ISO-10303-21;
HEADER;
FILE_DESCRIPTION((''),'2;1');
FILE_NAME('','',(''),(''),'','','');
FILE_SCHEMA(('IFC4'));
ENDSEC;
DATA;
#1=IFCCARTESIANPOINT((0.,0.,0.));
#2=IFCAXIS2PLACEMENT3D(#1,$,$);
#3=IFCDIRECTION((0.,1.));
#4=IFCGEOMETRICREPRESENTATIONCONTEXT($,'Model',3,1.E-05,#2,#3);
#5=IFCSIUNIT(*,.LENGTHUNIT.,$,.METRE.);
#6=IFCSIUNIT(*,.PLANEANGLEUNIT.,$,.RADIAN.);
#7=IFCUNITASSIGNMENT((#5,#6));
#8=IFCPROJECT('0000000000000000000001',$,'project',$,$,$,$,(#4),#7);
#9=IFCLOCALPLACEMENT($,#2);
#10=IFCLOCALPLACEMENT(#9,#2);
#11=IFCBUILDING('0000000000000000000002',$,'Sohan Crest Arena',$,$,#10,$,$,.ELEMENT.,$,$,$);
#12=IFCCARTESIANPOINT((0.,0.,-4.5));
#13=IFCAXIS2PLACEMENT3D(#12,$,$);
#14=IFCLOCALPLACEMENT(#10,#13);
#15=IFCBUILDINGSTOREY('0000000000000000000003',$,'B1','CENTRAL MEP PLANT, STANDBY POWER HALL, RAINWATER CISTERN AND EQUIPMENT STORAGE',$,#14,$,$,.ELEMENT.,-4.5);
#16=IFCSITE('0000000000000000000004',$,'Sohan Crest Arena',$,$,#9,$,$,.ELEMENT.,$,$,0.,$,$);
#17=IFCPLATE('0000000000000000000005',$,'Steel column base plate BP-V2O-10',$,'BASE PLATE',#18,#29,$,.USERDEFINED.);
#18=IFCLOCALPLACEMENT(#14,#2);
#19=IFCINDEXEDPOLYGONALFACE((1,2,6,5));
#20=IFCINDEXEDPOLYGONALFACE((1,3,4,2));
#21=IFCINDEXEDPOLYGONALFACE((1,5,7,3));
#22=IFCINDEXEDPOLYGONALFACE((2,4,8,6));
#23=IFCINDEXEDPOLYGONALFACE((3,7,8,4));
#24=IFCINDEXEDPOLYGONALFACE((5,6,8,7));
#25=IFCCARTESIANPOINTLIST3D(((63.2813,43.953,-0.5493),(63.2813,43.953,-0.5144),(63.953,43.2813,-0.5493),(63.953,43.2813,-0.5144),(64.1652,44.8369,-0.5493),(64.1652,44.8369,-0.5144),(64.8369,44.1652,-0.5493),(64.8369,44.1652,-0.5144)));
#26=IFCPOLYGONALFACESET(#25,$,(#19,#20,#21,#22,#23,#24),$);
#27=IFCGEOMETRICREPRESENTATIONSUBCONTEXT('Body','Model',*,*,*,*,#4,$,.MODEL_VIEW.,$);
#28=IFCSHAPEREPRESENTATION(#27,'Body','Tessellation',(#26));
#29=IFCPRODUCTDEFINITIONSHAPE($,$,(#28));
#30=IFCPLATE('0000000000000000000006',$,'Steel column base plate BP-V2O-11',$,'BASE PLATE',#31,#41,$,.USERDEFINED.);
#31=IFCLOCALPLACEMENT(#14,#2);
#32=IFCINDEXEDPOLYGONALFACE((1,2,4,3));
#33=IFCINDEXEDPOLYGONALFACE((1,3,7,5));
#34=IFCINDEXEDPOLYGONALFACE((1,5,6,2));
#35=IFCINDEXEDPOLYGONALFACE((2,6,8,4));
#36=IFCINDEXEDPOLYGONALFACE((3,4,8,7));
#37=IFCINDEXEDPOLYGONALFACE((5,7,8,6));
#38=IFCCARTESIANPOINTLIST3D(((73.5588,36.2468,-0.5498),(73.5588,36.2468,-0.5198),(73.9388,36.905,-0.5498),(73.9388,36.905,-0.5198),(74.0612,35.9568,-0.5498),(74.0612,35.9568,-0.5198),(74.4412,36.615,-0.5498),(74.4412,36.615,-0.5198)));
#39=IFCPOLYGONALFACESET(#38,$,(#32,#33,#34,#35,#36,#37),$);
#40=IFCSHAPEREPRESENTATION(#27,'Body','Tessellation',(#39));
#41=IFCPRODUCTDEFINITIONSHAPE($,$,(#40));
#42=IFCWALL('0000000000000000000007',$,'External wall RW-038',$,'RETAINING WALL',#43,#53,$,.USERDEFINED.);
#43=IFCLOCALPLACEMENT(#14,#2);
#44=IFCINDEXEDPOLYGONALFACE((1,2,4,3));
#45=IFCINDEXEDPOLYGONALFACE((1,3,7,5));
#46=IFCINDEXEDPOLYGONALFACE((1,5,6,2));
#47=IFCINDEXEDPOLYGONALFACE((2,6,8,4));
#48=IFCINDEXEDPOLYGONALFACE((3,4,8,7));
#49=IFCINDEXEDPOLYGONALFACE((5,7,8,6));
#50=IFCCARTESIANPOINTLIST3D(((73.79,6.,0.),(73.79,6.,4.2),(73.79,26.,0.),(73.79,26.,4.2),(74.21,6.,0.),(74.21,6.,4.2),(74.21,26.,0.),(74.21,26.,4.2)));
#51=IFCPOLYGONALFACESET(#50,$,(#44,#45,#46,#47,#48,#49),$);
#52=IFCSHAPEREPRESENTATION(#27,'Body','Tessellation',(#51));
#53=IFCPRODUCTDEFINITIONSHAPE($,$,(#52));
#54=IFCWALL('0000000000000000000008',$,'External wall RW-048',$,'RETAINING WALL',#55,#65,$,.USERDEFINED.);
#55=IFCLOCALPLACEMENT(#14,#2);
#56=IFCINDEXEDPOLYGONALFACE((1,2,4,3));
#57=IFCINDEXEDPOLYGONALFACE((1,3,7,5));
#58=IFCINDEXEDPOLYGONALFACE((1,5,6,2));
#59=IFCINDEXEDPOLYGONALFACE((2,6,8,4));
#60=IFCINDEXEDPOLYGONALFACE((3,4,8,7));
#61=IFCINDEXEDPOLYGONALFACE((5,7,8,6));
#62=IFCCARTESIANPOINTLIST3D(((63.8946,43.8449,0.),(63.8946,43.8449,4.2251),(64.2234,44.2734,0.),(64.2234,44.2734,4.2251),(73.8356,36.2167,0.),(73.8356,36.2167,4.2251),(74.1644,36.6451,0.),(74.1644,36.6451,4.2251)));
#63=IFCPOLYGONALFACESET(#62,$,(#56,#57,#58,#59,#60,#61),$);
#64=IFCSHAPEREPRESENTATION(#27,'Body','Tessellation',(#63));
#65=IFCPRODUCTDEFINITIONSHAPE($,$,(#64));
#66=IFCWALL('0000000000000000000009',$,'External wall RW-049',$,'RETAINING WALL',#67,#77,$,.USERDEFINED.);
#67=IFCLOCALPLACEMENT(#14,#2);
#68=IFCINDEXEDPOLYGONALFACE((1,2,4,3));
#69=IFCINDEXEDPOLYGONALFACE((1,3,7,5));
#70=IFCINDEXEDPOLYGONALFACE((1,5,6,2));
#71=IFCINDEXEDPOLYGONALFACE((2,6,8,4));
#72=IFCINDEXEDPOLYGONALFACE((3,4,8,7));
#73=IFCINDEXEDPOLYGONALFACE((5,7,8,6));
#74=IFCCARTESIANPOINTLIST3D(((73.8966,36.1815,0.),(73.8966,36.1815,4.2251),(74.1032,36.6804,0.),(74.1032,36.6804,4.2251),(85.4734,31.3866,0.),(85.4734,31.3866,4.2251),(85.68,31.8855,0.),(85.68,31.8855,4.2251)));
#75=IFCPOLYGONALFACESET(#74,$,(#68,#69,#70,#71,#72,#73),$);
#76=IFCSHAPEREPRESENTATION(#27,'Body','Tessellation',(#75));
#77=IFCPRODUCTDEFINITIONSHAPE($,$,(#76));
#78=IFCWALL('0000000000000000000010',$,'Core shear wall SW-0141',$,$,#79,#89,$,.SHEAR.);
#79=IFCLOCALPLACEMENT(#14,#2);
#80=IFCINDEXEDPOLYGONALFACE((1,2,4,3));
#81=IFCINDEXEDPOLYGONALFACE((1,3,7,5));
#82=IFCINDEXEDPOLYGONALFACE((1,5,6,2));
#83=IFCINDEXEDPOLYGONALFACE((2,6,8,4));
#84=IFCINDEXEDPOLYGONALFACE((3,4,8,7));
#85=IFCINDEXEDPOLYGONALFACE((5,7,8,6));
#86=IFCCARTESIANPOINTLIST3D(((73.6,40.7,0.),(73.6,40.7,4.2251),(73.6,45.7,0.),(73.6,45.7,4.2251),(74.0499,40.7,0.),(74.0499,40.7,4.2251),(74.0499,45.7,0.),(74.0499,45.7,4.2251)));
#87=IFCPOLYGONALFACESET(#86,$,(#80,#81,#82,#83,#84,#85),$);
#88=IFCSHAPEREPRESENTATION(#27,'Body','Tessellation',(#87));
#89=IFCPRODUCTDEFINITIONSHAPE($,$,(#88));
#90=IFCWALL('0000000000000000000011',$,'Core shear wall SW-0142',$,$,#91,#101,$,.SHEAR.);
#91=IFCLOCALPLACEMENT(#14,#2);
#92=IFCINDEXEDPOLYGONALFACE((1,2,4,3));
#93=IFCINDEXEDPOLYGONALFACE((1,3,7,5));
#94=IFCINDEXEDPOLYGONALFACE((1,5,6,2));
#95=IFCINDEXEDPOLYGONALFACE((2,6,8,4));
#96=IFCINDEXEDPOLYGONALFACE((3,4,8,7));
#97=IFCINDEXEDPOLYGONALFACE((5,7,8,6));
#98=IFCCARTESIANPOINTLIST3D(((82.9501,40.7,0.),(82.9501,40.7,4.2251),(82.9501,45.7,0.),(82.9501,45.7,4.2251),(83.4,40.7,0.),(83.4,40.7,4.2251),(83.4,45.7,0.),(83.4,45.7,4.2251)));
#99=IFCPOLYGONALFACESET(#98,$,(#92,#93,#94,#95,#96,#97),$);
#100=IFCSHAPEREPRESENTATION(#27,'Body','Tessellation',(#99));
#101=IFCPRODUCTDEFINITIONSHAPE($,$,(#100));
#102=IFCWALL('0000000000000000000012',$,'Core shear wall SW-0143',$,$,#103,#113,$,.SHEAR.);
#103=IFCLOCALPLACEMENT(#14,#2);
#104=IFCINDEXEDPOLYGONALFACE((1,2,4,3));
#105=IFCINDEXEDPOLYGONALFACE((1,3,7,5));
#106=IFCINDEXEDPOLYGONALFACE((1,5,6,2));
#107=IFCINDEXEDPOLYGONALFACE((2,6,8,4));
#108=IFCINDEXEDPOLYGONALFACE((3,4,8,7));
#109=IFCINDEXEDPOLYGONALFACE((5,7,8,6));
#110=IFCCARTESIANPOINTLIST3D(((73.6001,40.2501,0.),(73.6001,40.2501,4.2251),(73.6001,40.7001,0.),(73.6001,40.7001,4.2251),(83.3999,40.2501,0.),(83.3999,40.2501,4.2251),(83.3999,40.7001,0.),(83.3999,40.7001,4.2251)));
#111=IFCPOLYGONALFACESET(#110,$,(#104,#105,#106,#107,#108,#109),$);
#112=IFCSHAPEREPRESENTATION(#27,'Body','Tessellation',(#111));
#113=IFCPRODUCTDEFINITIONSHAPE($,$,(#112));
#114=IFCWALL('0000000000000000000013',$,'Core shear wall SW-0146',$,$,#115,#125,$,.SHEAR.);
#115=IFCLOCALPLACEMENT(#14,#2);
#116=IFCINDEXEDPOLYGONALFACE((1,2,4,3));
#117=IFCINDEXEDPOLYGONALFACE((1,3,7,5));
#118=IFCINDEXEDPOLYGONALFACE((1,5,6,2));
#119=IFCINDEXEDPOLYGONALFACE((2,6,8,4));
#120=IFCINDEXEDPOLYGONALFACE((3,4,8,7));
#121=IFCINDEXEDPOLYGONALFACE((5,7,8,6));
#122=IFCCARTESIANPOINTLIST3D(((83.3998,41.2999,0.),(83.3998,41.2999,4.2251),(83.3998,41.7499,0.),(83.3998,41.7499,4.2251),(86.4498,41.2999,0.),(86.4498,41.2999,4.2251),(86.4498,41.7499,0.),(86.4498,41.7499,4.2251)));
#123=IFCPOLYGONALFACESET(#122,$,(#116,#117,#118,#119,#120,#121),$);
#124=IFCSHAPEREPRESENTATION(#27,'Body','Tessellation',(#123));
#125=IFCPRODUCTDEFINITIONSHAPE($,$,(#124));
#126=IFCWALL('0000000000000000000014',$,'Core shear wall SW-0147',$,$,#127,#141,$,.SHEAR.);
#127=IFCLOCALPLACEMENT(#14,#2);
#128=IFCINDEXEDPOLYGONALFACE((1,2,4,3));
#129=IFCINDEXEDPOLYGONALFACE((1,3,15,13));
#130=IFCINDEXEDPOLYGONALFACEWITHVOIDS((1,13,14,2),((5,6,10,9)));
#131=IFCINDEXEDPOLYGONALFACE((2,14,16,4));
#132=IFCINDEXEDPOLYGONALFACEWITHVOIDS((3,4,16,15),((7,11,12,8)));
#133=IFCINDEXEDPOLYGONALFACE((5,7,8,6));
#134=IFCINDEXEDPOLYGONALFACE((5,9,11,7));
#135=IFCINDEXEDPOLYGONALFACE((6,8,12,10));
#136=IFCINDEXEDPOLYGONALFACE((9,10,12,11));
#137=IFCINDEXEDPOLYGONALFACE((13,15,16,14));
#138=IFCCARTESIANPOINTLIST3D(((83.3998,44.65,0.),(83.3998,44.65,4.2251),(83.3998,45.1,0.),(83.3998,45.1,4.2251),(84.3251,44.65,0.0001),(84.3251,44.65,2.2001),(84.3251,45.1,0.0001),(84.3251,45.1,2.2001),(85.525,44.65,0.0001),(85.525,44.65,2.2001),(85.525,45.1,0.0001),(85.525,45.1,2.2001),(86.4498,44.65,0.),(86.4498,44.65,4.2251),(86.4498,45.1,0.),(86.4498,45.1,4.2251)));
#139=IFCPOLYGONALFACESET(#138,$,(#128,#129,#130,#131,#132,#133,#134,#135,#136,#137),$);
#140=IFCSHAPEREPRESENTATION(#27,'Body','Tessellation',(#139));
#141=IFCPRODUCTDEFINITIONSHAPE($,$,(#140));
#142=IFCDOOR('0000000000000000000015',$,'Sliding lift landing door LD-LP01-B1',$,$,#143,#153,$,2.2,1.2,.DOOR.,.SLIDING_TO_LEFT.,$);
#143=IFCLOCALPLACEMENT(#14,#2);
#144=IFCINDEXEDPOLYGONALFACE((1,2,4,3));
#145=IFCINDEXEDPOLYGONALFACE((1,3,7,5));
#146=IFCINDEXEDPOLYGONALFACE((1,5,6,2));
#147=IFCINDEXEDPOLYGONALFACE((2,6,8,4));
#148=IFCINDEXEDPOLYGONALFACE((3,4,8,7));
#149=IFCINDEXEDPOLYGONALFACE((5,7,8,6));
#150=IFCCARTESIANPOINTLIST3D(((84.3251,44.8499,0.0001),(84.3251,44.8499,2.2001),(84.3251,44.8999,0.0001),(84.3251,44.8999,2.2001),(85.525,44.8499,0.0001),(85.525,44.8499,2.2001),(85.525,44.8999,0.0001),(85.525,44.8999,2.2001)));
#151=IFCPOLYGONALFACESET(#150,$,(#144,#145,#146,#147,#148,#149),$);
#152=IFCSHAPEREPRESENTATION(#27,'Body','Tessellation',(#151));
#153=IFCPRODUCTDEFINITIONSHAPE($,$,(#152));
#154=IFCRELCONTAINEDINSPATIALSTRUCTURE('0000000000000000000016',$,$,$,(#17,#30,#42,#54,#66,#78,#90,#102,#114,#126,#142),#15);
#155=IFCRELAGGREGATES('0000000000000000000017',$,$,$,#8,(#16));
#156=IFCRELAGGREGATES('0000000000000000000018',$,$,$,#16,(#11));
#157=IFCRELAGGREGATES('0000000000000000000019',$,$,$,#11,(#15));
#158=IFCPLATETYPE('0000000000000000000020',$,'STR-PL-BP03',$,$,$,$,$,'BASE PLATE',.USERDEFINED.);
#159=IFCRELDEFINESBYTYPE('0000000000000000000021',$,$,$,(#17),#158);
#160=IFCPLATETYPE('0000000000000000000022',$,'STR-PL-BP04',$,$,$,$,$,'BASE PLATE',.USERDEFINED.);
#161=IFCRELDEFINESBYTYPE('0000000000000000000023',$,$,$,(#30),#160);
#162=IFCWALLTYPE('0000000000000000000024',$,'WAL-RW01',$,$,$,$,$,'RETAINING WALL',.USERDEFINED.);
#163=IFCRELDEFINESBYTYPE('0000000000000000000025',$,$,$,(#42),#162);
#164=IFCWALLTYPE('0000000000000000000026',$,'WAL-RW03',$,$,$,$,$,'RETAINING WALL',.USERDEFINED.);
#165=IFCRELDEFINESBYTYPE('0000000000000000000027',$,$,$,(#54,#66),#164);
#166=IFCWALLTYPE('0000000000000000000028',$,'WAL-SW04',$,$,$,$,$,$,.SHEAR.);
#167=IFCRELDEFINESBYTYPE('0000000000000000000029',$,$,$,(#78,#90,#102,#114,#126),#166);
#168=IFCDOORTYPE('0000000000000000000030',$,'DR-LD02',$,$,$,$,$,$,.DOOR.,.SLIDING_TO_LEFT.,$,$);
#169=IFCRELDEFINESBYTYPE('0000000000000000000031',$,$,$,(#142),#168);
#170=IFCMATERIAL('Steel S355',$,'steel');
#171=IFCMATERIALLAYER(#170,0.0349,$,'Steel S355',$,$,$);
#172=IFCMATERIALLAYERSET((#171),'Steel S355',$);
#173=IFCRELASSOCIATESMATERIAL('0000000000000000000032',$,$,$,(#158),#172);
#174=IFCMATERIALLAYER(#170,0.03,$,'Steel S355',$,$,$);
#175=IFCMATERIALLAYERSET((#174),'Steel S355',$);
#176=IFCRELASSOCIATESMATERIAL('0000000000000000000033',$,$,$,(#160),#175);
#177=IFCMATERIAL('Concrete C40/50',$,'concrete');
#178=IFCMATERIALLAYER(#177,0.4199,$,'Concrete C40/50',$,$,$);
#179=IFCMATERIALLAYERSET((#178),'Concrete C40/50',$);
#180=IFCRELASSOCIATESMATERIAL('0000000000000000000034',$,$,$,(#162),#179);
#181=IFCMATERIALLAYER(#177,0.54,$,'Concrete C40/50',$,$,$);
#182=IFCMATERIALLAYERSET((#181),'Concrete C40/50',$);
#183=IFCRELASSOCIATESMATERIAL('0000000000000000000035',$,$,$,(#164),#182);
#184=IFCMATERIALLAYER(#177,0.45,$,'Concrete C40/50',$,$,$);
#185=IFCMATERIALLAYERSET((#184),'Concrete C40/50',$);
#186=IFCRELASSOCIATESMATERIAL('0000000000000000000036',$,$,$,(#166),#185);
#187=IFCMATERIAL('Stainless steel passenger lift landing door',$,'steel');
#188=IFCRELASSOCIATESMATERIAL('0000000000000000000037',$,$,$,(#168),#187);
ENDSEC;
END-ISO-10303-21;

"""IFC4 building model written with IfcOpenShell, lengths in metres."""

from ifc_helpers import new_model, si_unit, direction, frame, frame_2d, origin, origin_2d, place, context, subcontext, project, spatial, rectangle, extrude, material, layer, layer_set, type_object, element, fill, save


model = new_model("IFC4")

# Units and contexts
model_context = context("Model", 3, precision=1e-05, world=origin(), true_north=direction((0.0, 1.0)))
body_context = subcontext(model_context, "Body", "Model", "MODEL_VIEW")
ifc_project = project(units=[si_unit("LENGTHUNIT", "METRE"), si_unit("PLANEANGLEUNIT", "RADIAN")], contexts=[model_context])

# Site, building, storey
site_placement = place(None, origin())
site = spatial("IfcSite", under=ifc_project, at=site_placement, Name="Sohan Crest Arena", CompositionType="ELEMENT", RefElevation=0.0)
building_placement = place(site_placement, origin())
building = spatial("IfcBuilding", under=site, at=building_placement, Name="Sohan Crest Arena", CompositionType="ELEMENT")
storey_placement = place(building_placement, frame((0.0, 0.0, -4.5)))
storey = spatial("IfcBuildingStorey", under=building, at=storey_placement, Name="B1", Description="CENTRAL MEP PLANT, STANDBY POWER HALL, RAINWATER CISTERN AND EQUIPMENT STORAGE", CompositionType="ELEMENT", Elevation=-4.5)

# Shared definitions
ifc_material_1 = material(Name="Concrete C40/50", Category="concrete")

# Shared definitions
ifc_material_2 = material(Name="Steel S355", Category="steel")

# Plates
ifc_layer_1 = layer(ifc_material_2, 0.0349, Name="Steel S355")
ifc_layer_set_1 = layer_set([ifc_layer_1], Name="Steel S355")
plate_type_1 = type_object("IfcPlateType", Name="STR-PL-BP03", ElementType="BASE PLATE", PredefinedType="USERDEFINED", material=ifc_layer_set_1)
plate_1_placement = place(storey_placement, frame((64.0591, 44.0591, -0.5493), z_axis=(0.0, 0.0, 1.0), x_axis=(0.707107, 0.707107, 0.0)))
element("IfcPlate", 1, at=plate_1_placement, inside=storey, type_object=plate_type_1, Name="Steel column base plate BP-V2O-10", ObjectType="BASE PLATE", PredefinedType="USERDEFINED", context=body_context, shape_type="SweptSolid", body=[
    extrude(rectangle(XDim=1.25, YDim=0.95, at=origin_2d()), origin(), (0.0, 0.0, 1.0), 0.0349),
])
ifc_layer_2 = layer(ifc_material_2, 0.03, Name="Steel S355")
ifc_layer_set_2 = layer_set([ifc_layer_2], Name="Steel S355")
plate_type_2 = type_object("IfcPlateType", Name="STR-PL-BP04", ElementType="BASE PLATE", PredefinedType="USERDEFINED", material=ifc_layer_set_2)
plate_2_placement = place(storey_placement, frame((74.0, 36.4309, -0.5498), z_axis=(0.0, 0.0, 1.0), x_axis=(0.5, 0.866025, 0.0)))
element("IfcPlate", 2, at=plate_2_placement, inside=storey, type_object=plate_type_2, Name="Steel column base plate BP-V2O-11", ObjectType="BASE PLATE", PredefinedType="USERDEFINED", context=body_context, shape_type="SweptSolid", body=[
    extrude(rectangle(XDim=0.76, YDim=0.5801, at=origin_2d()), origin(), (0.0, 0.0, 1.0), 0.03),
])

# Walls
ifc_layer_3 = layer(ifc_material_1, 0.4199, Name="Concrete C40/50")
ifc_layer_set_3 = layer_set([ifc_layer_3], Name="Concrete C40/50")
wall_type_1 = type_object("IfcWallType", Name="WAL-RW01", ElementType="RETAINING WALL", PredefinedType="USERDEFINED", material=ifc_layer_set_3)
wall_1_placement = place(storey_placement, frame((74.0, 26.0, 0.0), z_axis=(0.0, 0.0, 1.0), x_axis=(0.0, -1.0, 0.0)))
element("IfcWall", 3, at=wall_1_placement, inside=storey, type_object=wall_type_1, Name="External wall RW-038", ObjectType="RETAINING WALL", PredefinedType="USERDEFINED", context=body_context, shape_type="SweptSolid", body=[
    extrude(rectangle(XDim=20.0, YDim=0.4199, at=frame_2d((10.0, 0.0))), origin(), (0.0, 0.0, 1.0), 4.2),
])
ifc_layer_4 = layer(ifc_material_1, 0.54, Name="Concrete C40/50")
ifc_layer_set_4 = layer_set([ifc_layer_4], Name="Concrete C40/50")
wall_type_2 = type_object("IfcWallType", Name="WAL-RW03", ElementType="RETAINING WALL", PredefinedType="USERDEFINED", material=ifc_layer_set_4)
for number, where, z_axis, x_axis, name in (
    (4, (64.0591, 44.0591, 0.0), (0.0, 0.0, 1.0), (0.793344, -0.608773, 0.0), "External wall RW-048"),
    (5, (74.0, 36.4309, 0.0), (0.0, 0.0, 1.0), (0.923891, -0.382657, 0.0), "External wall RW-049"),
):
    element("IfcWall", number, at=place(storey_placement, frame(where, z_axis=z_axis, x_axis=x_axis)), inside=storey, type_object=wall_type_2, Name=name, ObjectType="RETAINING WALL", PredefinedType="USERDEFINED", context=body_context, shape_type="SweptSolid", body=[
        extrude(rectangle(XDim=12.5305, YDim=0.54, at=frame_2d((6.2651, 0.0))), origin(), (0.0, 0.0, 1.0), 4.2251),
    ])
ifc_layer_5 = layer(ifc_material_1, 0.45, Name="Concrete C40/50")
ifc_layer_set_5 = layer_set([ifc_layer_5], Name="Concrete C40/50")
wall_type_3 = type_object("IfcWallType", Name="WAL-SW04", PredefinedType="SHEAR", material=ifc_layer_set_5)
for number, where, z_axis, x_axis, name in (
    (6, (73.825, 40.7, 0.0), (0.0, 0.0, 1.0), (0.0, 1.0, 0.0), "Core shear wall SW-0141"),
    (7, (83.175, 40.7, 0.0), (0.0, 0.0, 1.0), (0.0, 1.0, 0.0), "Core shear wall SW-0142"),
):
    element("IfcWall", number, at=place(storey_placement, frame(where, z_axis=z_axis, x_axis=x_axis)), inside=storey, type_object=wall_type_3, Name=name, PredefinedType="SHEAR", context=body_context, shape_type="SweptSolid", body=[
        extrude(rectangle(XDim=5.0, YDim=0.45, at=frame_2d((2.5, 0.0))), origin(), (0.0, 0.0, 1.0), 4.2251),
    ])
wall_2_placement = place(storey_placement, frame((73.6001, 40.4751, 0.0), z_axis=(0.0, 0.0, 1.0), x_axis=(1.0, 0.0, 0.0)))
element("IfcWall", 8, at=wall_2_placement, inside=storey, type_object=wall_type_3, Name="Core shear wall SW-0143", PredefinedType="SHEAR", context=body_context, shape_type="SweptSolid", body=[
    extrude(rectangle(XDim=9.7998, YDim=0.45, at=frame_2d((4.8999, 0.0))), origin(), (0.0, 0.0, 1.0), 4.2251),
])
wall_3_placement = place(storey_placement, frame((83.3999, 41.5249, 0.0), z_axis=(0.0, 0.0, 1.0), x_axis=(1.0, 0.0, 0.0)))
element("IfcWall", 9, at=wall_3_placement, inside=storey, type_object=wall_type_3, Name="Core shear wall SW-0146", PredefinedType="SHEAR", context=body_context, shape_type="SweptSolid", body=[
    extrude(rectangle(XDim=3.05, YDim=0.45, at=frame_2d((1.5249, 0.0))), origin(), (0.0, 0.0, 1.0), 4.2251),
])

# Wall, opening, door
wall_4_placement = place(storey_placement, frame((83.3999, 44.875, 0.0), z_axis=(0.0, 0.0, 1.0), x_axis=(1.0, 0.0, 0.0)))
wall_4 = element("IfcWall", 10, at=wall_4_placement, inside=storey, type_object=wall_type_3, Name="Core shear wall SW-0147", PredefinedType="SHEAR", context=body_context, shape_type="SweptSolid", body=[
    extrude(rectangle(XDim=3.05, YDim=0.45, at=frame_2d((1.5249, 0.0))), origin(), (0.0, 0.0, 1.0), 4.2251),
])
opening_placement = place(wall_4_placement, frame((0.925, 0.0, 0.0)))
opening = element("IfcOpeningElement", 11, at=opening_placement, cuts=wall_4, PredefinedType="OPENING", context=body_context, shape_type="SweptSolid", body=[
    extrude(rectangle(XDim=1.2, YDim=2.2, at=frame_2d((0.6001, 1.1001))), frame((0.0, 0.2349, 0.0), z_axis=(0.0, -1.0, 0.0), x_axis=(1.0, 0.0, 0.0)), (0.0, 0.0, 1.0), 0.47),
])
ifc_material_3 = material(Name="Stainless steel passenger lift landing door", Category="steel")
door_type = type_object("IfcDoorType", Name="DR-LD02", OperationType="SLIDING_TO_LEFT", PredefinedType="DOOR", material=ifc_material_3)
door_placement = place(opening_placement, origin())
door = element("IfcDoor", 12, at=door_placement, inside=storey, type_object=door_type, Name="Sliding lift landing door LD-LP01-B1", OperationType="SLIDING_TO_LEFT", OverallHeight=2.2, OverallWidth=1.2, PredefinedType="DOOR", context=body_context, shape_type="SweptSolid", body=[
    extrude(rectangle(XDim=1.2, YDim=2.2, at=frame_2d((0.6001, 1.1001))), frame((0.0, 0.0249, 0.0), z_axis=(0.0, -1.0, 0.0), x_axis=(1.0, 0.0, 0.0)), (0.0, 0.0, 1.0), 0.05),
])
fill(opening, door)

save(model, "model.ifc")
